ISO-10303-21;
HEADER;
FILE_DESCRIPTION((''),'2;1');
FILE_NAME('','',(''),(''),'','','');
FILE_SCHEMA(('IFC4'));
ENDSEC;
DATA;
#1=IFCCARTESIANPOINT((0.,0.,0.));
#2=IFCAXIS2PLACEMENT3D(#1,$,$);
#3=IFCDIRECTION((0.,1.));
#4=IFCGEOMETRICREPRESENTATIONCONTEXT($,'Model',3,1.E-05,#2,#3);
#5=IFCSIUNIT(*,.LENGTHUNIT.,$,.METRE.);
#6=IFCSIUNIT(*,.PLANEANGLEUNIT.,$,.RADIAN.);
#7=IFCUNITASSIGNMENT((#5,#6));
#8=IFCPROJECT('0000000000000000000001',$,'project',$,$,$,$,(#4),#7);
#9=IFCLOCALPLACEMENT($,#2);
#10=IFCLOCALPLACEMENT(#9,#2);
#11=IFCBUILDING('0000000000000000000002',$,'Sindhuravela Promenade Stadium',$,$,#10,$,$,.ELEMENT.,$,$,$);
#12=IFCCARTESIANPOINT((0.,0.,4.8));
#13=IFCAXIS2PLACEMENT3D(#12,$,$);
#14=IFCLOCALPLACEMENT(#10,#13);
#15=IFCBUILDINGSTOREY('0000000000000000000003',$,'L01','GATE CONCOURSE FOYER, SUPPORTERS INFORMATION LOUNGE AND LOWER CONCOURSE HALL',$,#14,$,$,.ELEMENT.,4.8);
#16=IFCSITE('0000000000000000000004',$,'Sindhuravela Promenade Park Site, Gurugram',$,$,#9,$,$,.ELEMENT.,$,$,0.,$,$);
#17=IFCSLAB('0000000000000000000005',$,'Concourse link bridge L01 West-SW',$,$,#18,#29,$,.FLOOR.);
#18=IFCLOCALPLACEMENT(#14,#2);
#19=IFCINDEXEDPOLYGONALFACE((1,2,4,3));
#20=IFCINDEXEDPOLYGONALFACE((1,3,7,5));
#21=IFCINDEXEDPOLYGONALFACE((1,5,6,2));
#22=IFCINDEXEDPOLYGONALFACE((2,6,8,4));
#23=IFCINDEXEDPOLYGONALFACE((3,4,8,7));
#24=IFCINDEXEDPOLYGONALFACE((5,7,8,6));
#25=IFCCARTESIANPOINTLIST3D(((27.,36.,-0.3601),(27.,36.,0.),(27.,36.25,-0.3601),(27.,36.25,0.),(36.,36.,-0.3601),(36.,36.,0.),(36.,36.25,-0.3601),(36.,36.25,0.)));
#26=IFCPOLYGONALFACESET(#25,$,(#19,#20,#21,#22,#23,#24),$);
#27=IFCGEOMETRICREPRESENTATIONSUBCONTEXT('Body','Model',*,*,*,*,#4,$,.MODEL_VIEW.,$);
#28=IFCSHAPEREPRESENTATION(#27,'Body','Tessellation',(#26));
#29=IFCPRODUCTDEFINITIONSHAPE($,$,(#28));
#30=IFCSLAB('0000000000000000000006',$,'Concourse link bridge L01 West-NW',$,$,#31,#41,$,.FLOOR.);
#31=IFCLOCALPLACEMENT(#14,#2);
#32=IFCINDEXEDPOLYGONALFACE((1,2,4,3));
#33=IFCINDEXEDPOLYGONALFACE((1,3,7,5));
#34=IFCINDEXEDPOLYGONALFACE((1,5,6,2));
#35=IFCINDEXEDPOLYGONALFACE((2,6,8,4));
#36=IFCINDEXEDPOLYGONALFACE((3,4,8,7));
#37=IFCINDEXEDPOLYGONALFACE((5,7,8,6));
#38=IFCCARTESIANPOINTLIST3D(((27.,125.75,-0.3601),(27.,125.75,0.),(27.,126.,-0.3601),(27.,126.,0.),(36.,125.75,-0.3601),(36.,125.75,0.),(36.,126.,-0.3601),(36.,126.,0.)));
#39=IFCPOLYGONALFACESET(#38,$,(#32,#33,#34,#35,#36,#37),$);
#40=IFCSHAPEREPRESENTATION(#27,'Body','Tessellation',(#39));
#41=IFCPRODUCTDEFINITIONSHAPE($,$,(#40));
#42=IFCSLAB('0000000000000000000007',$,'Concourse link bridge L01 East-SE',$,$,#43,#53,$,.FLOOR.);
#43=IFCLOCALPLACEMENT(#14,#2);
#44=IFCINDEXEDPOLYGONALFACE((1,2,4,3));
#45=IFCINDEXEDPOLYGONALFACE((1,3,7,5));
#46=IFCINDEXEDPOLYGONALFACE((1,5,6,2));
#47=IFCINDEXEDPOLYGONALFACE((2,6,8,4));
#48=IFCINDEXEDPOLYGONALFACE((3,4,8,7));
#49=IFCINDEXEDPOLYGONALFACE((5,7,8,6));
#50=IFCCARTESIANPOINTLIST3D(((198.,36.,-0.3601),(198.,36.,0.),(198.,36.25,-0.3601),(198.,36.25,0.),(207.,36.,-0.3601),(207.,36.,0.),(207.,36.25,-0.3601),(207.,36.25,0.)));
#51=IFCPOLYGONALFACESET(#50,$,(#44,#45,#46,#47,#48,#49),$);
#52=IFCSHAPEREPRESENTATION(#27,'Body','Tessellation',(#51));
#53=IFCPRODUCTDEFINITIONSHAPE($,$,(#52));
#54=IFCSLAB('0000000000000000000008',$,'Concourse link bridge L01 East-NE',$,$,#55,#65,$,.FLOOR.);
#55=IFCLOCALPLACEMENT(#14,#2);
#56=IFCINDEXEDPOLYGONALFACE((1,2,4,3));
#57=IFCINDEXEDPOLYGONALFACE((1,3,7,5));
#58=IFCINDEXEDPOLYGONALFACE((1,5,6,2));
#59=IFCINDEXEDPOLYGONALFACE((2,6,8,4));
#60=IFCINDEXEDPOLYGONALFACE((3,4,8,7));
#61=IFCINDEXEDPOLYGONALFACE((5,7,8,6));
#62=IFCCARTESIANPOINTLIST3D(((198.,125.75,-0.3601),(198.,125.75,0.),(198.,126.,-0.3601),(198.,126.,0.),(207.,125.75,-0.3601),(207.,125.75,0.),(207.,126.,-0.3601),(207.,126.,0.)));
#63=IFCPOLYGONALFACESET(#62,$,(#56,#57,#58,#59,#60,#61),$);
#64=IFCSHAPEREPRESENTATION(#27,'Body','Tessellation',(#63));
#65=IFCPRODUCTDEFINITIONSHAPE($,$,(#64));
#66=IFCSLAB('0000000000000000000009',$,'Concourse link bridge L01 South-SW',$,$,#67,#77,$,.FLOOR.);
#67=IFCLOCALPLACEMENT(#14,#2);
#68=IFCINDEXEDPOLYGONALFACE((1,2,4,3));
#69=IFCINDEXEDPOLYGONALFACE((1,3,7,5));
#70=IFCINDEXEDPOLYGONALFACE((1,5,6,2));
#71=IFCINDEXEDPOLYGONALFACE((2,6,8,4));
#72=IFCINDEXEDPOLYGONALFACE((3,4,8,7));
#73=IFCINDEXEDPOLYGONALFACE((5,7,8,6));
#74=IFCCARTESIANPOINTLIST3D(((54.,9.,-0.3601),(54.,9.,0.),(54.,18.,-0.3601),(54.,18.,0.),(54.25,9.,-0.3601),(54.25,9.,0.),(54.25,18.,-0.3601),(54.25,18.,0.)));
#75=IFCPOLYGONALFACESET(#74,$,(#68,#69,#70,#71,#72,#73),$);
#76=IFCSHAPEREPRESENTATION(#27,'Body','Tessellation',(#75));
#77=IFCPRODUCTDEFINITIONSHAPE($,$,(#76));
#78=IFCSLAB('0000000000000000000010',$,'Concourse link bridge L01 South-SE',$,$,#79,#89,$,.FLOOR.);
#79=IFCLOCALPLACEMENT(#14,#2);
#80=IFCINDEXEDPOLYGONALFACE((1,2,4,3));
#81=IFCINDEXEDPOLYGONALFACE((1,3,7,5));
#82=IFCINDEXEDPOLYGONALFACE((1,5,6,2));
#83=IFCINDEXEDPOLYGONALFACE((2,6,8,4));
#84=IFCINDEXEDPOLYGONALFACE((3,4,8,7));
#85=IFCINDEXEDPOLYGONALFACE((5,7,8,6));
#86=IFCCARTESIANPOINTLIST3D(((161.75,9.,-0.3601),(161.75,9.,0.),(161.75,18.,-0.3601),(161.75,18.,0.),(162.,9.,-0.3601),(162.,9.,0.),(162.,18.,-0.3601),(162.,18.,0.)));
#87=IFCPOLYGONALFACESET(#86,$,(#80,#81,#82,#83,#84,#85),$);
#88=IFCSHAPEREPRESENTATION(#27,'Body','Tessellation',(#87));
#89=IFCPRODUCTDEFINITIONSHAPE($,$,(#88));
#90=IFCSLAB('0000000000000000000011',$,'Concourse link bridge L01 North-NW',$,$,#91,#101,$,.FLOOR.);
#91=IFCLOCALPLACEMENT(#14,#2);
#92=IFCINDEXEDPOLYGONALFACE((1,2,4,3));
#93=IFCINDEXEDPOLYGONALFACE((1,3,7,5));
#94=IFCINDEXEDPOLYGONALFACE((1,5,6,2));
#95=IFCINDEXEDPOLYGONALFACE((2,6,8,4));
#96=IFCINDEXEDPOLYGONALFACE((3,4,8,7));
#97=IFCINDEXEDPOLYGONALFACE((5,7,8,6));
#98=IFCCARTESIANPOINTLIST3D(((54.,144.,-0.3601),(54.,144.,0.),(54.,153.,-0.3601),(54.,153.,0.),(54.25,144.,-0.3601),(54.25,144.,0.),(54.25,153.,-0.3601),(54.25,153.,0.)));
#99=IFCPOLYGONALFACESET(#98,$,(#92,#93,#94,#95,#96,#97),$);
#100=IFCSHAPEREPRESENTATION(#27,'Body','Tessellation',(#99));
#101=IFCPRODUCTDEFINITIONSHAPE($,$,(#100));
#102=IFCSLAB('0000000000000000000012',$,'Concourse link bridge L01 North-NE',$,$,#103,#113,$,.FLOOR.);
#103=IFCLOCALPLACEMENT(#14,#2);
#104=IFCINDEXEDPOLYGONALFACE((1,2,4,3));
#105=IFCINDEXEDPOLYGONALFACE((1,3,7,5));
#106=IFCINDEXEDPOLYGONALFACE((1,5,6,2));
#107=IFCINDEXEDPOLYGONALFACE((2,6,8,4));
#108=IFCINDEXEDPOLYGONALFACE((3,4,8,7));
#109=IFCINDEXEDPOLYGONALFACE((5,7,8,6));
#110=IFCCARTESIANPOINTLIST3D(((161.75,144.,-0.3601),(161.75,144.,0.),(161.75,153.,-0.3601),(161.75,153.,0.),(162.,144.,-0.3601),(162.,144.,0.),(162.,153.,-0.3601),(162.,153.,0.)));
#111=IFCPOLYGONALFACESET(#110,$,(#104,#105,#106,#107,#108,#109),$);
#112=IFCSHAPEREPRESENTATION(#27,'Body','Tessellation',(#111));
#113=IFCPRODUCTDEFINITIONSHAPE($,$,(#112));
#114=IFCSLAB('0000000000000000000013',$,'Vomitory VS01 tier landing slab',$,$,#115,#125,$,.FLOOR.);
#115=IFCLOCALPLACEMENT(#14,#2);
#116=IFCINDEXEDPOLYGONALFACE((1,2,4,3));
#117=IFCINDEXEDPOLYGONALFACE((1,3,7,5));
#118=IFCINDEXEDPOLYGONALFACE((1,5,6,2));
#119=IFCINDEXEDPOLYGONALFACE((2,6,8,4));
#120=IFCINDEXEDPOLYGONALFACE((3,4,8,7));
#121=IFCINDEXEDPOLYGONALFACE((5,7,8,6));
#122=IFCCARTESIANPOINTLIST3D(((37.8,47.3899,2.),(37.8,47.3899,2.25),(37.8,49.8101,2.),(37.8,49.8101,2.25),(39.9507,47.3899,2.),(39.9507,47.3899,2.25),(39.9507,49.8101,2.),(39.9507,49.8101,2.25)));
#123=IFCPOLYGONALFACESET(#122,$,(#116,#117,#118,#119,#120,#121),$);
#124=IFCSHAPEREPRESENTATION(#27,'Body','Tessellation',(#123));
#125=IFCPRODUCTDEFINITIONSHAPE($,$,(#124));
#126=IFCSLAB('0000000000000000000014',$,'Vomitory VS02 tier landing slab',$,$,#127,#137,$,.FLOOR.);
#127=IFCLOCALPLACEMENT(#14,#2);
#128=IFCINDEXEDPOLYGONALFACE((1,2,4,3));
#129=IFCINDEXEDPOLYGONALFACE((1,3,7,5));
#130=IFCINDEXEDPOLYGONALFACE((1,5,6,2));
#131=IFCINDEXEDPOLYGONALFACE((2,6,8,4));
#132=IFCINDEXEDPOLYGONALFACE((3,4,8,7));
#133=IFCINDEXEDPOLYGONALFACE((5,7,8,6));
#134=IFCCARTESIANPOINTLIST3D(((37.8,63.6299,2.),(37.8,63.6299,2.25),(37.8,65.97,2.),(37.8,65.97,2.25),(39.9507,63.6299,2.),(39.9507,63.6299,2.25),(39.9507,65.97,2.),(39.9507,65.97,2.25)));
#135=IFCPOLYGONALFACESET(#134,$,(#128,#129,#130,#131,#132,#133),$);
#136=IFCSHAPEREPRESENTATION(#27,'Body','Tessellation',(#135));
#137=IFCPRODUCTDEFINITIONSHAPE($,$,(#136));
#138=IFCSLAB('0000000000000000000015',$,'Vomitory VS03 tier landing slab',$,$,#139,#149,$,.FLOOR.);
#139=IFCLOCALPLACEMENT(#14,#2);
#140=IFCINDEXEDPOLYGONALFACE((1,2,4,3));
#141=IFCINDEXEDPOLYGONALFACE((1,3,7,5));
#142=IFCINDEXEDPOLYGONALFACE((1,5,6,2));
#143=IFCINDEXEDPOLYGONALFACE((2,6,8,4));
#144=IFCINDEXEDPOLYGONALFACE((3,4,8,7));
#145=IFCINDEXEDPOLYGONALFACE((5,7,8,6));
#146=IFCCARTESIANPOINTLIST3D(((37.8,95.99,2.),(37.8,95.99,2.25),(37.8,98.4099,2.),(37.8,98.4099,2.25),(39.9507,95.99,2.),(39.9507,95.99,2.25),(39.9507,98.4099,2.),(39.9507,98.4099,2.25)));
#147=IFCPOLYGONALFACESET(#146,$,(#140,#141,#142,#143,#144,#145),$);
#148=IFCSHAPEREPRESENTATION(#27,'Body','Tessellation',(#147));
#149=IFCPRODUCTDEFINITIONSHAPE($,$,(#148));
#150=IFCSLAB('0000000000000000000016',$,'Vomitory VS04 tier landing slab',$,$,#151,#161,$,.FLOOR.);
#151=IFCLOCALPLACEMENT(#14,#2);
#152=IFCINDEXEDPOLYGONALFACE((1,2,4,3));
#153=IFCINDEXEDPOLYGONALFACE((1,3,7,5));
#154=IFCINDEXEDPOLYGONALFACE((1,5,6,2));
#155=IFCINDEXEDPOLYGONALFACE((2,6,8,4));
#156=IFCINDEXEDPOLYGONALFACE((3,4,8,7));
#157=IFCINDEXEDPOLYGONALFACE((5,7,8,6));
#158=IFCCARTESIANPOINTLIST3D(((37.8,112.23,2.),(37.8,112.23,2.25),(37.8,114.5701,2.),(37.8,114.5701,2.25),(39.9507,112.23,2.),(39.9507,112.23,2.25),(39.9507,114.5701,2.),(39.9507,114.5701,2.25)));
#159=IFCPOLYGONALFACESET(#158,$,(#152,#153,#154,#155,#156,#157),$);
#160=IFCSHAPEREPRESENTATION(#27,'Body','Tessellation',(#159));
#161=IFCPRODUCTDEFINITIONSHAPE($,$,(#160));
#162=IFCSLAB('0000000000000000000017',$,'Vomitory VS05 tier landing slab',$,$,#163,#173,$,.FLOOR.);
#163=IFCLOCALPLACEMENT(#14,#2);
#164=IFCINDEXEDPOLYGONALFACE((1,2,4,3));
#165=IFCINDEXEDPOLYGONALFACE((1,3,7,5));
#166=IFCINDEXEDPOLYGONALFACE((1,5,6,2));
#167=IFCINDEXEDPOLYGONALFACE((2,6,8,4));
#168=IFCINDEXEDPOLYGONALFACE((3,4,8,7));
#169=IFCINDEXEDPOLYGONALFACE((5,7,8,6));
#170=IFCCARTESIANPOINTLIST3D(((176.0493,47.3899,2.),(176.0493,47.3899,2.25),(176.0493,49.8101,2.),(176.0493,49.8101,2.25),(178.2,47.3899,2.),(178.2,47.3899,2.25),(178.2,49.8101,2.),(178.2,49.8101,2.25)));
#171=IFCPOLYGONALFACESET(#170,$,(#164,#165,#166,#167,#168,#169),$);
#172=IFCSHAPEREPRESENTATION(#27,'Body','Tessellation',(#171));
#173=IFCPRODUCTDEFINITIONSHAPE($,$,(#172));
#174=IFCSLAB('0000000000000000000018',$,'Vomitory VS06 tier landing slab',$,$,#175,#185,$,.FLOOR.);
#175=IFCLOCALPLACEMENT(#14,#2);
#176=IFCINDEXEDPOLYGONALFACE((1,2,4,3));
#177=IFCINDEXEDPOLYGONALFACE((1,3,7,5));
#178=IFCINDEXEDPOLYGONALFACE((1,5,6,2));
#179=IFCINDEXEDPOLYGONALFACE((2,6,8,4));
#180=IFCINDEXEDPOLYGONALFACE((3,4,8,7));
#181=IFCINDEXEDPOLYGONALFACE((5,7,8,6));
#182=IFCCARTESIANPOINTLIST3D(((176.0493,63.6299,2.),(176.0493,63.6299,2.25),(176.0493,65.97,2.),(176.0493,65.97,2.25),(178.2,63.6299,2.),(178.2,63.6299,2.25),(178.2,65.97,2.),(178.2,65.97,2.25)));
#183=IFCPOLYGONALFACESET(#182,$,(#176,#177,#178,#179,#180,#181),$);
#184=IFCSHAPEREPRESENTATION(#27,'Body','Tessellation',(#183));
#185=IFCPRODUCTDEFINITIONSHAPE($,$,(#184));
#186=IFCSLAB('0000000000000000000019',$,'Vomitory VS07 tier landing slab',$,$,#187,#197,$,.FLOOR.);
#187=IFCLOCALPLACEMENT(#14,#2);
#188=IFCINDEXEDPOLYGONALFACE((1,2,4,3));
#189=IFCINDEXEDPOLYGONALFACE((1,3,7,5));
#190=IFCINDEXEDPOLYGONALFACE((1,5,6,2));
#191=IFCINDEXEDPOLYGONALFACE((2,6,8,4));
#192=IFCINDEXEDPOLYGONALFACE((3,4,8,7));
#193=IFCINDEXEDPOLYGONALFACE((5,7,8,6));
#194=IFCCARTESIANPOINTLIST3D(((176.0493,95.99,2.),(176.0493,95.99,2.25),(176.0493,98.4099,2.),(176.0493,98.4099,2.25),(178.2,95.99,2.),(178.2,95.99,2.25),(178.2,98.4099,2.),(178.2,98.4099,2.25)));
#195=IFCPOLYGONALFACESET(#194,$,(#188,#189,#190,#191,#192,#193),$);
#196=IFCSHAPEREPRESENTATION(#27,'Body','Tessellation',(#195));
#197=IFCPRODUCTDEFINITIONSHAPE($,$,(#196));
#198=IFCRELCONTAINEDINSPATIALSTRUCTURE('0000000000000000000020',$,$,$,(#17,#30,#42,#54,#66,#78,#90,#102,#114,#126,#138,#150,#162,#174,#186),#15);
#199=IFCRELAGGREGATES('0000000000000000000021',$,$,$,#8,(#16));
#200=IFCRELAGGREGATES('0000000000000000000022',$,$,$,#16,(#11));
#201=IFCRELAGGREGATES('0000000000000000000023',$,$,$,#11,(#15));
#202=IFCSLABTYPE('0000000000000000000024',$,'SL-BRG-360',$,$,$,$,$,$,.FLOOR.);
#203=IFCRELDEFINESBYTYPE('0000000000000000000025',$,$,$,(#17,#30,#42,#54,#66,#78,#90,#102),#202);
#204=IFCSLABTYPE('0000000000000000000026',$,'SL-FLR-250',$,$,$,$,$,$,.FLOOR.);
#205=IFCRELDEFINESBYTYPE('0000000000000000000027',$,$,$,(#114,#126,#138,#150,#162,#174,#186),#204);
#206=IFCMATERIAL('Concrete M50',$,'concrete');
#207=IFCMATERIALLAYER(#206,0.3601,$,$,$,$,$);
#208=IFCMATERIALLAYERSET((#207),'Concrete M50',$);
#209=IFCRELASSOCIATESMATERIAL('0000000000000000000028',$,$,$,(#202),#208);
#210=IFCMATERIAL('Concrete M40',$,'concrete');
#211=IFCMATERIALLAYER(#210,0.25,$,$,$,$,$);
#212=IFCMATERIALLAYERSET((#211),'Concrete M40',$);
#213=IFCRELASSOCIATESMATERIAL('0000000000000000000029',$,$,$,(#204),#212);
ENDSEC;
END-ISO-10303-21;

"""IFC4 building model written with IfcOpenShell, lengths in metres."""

from ifc_helpers import new_model, si_unit, direction, frame, origin, place, context, subcontext, project, spatial, polyline, outline, extrude, material, layer, layer_set, type_object, element, save


model = new_model("IFC4")

# Units and contexts
model_context = context("Model", 3, precision=1e-05, world=origin(), true_north=direction((0.0, 1.0)))
body_context = subcontext(model_context, "Body", "Model", "MODEL_VIEW")
ifc_project = project(units=[si_unit("LENGTHUNIT", "METRE"), si_unit("PLANEANGLEUNIT", "RADIAN")], contexts=[model_context])

# Site, building, storey
site_placement = place(None, origin())
site = spatial("IfcSite", under=ifc_project, at=site_placement, Name="Sindhuravela Promenade Park Site, Gurugram", CompositionType="ELEMENT", RefElevation=0.0)
building_placement = place(site_placement, origin())
building = spatial("IfcBuilding", under=site, at=building_placement, Name="Sindhuravela Promenade Stadium", CompositionType="ELEMENT")
storey_placement = place(building_placement, frame((0.0, 0.0, 4.8)))
storey = spatial("IfcBuildingStorey", under=building, at=storey_placement, Name="L01", Description="GATE CONCOURSE FOYER, SUPPORTERS INFORMATION LOUNGE AND LOWER CONCOURSE HALL", CompositionType="ELEMENT", Elevation=4.8)

# Slabs
ifc_material_1 = material(Name="Concrete M50", Category="concrete")
ifc_layer_1 = layer(ifc_material_1, 0.3601)
ifc_layer_set_1 = layer_set([ifc_layer_1], Name="Concrete M50")
slab_type_1 = type_object("IfcSlabType", Name="SL-BRG-360", PredefinedType="FLOOR", material=ifc_layer_set_1)
slab_1_placement = place(storey_placement, frame((0.0, 0.0, -0.3601)))
element("IfcSlab", 1, at=slab_1_placement, inside=storey, type_object=slab_type_1, Name="Concourse link bridge L01 West-SW", PredefinedType="FLOOR", context=body_context, shape_type="SweptSolid", body=[
    extrude(outline(polyline([(27.0, 36.0), (36.0, 36.0), (36.0, 36.25), (27.0, 36.25), (27.0, 36.0)])), origin(), (0.0, 0.0, 1.0), 0.3601),
])
slab_2_placement = place(storey_placement, frame((0.0, 0.0, -0.3601)))
element("IfcSlab", 2, at=slab_2_placement, inside=storey, type_object=slab_type_1, Name="Concourse link bridge L01 West-NW", PredefinedType="FLOOR", context=body_context, shape_type="SweptSolid", body=[
    extrude(outline(polyline([(27.0, 125.75), (36.0, 125.75), (36.0, 126.0), (27.0, 126.0), (27.0, 125.75)])), origin(), (0.0, 0.0, 1.0), 0.3601),
])
slab_3_placement = place(storey_placement, frame((0.0, 0.0, -0.3601)))
element("IfcSlab", 3, at=slab_3_placement, inside=storey, type_object=slab_type_1, Name="Concourse link bridge L01 East-SE", PredefinedType="FLOOR", context=body_context, shape_type="SweptSolid", body=[
    extrude(outline(polyline([(198.0, 36.0), (207.0, 36.0), (207.0, 36.25), (198.0, 36.25), (198.0, 36.0)])), origin(), (0.0, 0.0, 1.0), 0.3601),
])
slab_4_placement = place(storey_placement, frame((0.0, 0.0, -0.3601)))
element("IfcSlab", 4, at=slab_4_placement, inside=storey, type_object=slab_type_1, Name="Concourse link bridge L01 East-NE", PredefinedType="FLOOR", context=body_context, shape_type="SweptSolid", body=[
    extrude(outline(polyline([(198.0, 125.75), (207.0, 125.75), (207.0, 126.0), (198.0, 126.0), (198.0, 125.75)])), origin(), (0.0, 0.0, 1.0), 0.3601),
])
slab_5_placement = place(storey_placement, frame((0.0, 0.0, -0.3601)))
element("IfcSlab", 5, at=slab_5_placement, inside=storey, type_object=slab_type_1, Name="Concourse link bridge L01 South-SW", PredefinedType="FLOOR", context=body_context, shape_type="SweptSolid", body=[
    extrude(outline(polyline([(54.0, 9.0), (54.25, 9.0), (54.25, 18.0), (54.0, 18.0), (54.0, 9.0)])), origin(), (0.0, 0.0, 1.0), 0.3601),
])
slab_6_placement = place(storey_placement, frame((0.0, 0.0, -0.3601)))
element("IfcSlab", 6, at=slab_6_placement, inside=storey, type_object=slab_type_1, Name="Concourse link bridge L01 South-SE", PredefinedType="FLOOR", context=body_context, shape_type="SweptSolid", body=[
    extrude(outline(polyline([(161.75, 9.0), (162.0, 9.0), (162.0, 18.0), (161.75, 18.0), (161.75, 9.0)])), origin(), (0.0, 0.0, 1.0), 0.3601),
])
slab_7_placement = place(storey_placement, frame((0.0, 0.0, -0.3601)))
element("IfcSlab", 7, at=slab_7_placement, inside=storey, type_object=slab_type_1, Name="Concourse link bridge L01 North-NW", PredefinedType="FLOOR", context=body_context, shape_type="SweptSolid", body=[
    extrude(outline(polyline([(54.0, 144.0), (54.25, 144.0), (54.25, 153.0), (54.0, 153.0), (54.0, 144.0)])), origin(), (0.0, 0.0, 1.0), 0.3601),
])
slab_8_placement = place(storey_placement, frame((0.0, 0.0, -0.3601)))
element("IfcSlab", 8, at=slab_8_placement, inside=storey, type_object=slab_type_1, Name="Concourse link bridge L01 North-NE", PredefinedType="FLOOR", context=body_context, shape_type="SweptSolid", body=[
    extrude(outline(polyline([(161.75, 144.0), (162.0, 144.0), (162.0, 153.0), (161.75, 153.0), (161.75, 144.0)])), origin(), (0.0, 0.0, 1.0), 0.3601),
])
ifc_material_2 = material(Name="Concrete M40", Category="concrete")
ifc_layer_2 = layer(ifc_material_2, 0.25)
ifc_layer_set_2 = layer_set([ifc_layer_2], Name="Concrete M40")
slab_type_2 = type_object("IfcSlabType", Name="SL-FLR-250", PredefinedType="FLOOR", material=ifc_layer_set_2)
slab_9_placement = place(storey_placement, frame((0.0, 0.0, 2.0)))
element("IfcSlab", 9, at=slab_9_placement, inside=storey, type_object=slab_type_2, Name="Vomitory VS01 tier landing slab", PredefinedType="FLOOR", context=body_context, shape_type="SweptSolid", body=[
    extrude(outline(polyline([(39.9507, 49.8101), (37.8, 49.8101), (37.8, 47.3899), (39.9507, 47.3899), (39.9507, 49.8101)])), origin(), (0.0, 0.0, 1.0), 0.25),
])
slab_10_placement = place(storey_placement, frame((0.0, 0.0, 2.0)))
element("IfcSlab", 10, at=slab_10_placement, inside=storey, type_object=slab_type_2, Name="Vomitory VS02 tier landing slab", PredefinedType="FLOOR", context=body_context, shape_type="SweptSolid", body=[
    extrude(outline(polyline([(39.9507, 65.97), (37.8, 65.97), (37.8, 63.6299), (39.9507, 63.6299), (39.9507, 65.97)])), origin(), (0.0, 0.0, 1.0), 0.25),
])
slab_11_placement = place(storey_placement, frame((0.0, 0.0, 2.0)))
element("IfcSlab", 11, at=slab_11_placement, inside=storey, type_object=slab_type_2, Name="Vomitory VS03 tier landing slab", PredefinedType="FLOOR", context=body_context, shape_type="SweptSolid", body=[
    extrude(outline(polyline([(39.9507, 98.4099), (37.8, 98.4099), (37.8, 95.99), (39.9507, 95.99), (39.9507, 98.4099)])), origin(), (0.0, 0.0, 1.0), 0.25),
])
slab_12_placement = place(storey_placement, frame((0.0, 0.0, 2.0)))
element("IfcSlab", 12, at=slab_12_placement, inside=storey, type_object=slab_type_2, Name="Vomitory VS04 tier landing slab", PredefinedType="FLOOR", context=body_context, shape_type="SweptSolid", body=[
    extrude(outline(polyline([(39.9507, 114.5701), (37.8, 114.5701), (37.8, 112.23), (39.9507, 112.23), (39.9507, 114.5701)])), origin(), (0.0, 0.0, 1.0), 0.25),
])
slab_13_placement = place(storey_placement, frame((0.0, 0.0, 2.0)))
element("IfcSlab", 13, at=slab_13_placement, inside=storey, type_object=slab_type_2, Name="Vomitory VS05 tier landing slab", PredefinedType="FLOOR", context=body_context, shape_type="SweptSolid", body=[
    extrude(outline(polyline([(176.0493, 47.3899), (178.2, 47.3899), (178.2, 49.8101), (176.0493, 49.8101), (176.0493, 47.3899)])), origin(), (0.0, 0.0, 1.0), 0.25),
])
slab_14_placement = place(storey_placement, frame((0.0, 0.0, 2.0)))
element("IfcSlab", 14, at=slab_14_placement, inside=storey, type_object=slab_type_2, Name="Vomitory VS06 tier landing slab", PredefinedType="FLOOR", context=body_context, shape_type="SweptSolid", body=[
    extrude(outline(polyline([(176.0493, 63.6299), (178.2, 63.6299), (178.2, 65.97), (176.0493, 65.97), (176.0493, 63.6299)])), origin(), (0.0, 0.0, 1.0), 0.25),
])
slab_15_placement = place(storey_placement, frame((0.0, 0.0, 2.0)))
element("IfcSlab", 15, at=slab_15_placement, inside=storey, type_object=slab_type_2, Name="Vomitory VS07 tier landing slab", PredefinedType="FLOOR", context=body_context, shape_type="SweptSolid", body=[
    extrude(outline(polyline([(176.0493, 95.99), (178.2, 95.99), (178.2, 98.4099), (176.0493, 98.4099), (176.0493, 95.99)])), origin(), (0.0, 0.0, 1.0), 0.25),
])

save(model, "model.ifc")
